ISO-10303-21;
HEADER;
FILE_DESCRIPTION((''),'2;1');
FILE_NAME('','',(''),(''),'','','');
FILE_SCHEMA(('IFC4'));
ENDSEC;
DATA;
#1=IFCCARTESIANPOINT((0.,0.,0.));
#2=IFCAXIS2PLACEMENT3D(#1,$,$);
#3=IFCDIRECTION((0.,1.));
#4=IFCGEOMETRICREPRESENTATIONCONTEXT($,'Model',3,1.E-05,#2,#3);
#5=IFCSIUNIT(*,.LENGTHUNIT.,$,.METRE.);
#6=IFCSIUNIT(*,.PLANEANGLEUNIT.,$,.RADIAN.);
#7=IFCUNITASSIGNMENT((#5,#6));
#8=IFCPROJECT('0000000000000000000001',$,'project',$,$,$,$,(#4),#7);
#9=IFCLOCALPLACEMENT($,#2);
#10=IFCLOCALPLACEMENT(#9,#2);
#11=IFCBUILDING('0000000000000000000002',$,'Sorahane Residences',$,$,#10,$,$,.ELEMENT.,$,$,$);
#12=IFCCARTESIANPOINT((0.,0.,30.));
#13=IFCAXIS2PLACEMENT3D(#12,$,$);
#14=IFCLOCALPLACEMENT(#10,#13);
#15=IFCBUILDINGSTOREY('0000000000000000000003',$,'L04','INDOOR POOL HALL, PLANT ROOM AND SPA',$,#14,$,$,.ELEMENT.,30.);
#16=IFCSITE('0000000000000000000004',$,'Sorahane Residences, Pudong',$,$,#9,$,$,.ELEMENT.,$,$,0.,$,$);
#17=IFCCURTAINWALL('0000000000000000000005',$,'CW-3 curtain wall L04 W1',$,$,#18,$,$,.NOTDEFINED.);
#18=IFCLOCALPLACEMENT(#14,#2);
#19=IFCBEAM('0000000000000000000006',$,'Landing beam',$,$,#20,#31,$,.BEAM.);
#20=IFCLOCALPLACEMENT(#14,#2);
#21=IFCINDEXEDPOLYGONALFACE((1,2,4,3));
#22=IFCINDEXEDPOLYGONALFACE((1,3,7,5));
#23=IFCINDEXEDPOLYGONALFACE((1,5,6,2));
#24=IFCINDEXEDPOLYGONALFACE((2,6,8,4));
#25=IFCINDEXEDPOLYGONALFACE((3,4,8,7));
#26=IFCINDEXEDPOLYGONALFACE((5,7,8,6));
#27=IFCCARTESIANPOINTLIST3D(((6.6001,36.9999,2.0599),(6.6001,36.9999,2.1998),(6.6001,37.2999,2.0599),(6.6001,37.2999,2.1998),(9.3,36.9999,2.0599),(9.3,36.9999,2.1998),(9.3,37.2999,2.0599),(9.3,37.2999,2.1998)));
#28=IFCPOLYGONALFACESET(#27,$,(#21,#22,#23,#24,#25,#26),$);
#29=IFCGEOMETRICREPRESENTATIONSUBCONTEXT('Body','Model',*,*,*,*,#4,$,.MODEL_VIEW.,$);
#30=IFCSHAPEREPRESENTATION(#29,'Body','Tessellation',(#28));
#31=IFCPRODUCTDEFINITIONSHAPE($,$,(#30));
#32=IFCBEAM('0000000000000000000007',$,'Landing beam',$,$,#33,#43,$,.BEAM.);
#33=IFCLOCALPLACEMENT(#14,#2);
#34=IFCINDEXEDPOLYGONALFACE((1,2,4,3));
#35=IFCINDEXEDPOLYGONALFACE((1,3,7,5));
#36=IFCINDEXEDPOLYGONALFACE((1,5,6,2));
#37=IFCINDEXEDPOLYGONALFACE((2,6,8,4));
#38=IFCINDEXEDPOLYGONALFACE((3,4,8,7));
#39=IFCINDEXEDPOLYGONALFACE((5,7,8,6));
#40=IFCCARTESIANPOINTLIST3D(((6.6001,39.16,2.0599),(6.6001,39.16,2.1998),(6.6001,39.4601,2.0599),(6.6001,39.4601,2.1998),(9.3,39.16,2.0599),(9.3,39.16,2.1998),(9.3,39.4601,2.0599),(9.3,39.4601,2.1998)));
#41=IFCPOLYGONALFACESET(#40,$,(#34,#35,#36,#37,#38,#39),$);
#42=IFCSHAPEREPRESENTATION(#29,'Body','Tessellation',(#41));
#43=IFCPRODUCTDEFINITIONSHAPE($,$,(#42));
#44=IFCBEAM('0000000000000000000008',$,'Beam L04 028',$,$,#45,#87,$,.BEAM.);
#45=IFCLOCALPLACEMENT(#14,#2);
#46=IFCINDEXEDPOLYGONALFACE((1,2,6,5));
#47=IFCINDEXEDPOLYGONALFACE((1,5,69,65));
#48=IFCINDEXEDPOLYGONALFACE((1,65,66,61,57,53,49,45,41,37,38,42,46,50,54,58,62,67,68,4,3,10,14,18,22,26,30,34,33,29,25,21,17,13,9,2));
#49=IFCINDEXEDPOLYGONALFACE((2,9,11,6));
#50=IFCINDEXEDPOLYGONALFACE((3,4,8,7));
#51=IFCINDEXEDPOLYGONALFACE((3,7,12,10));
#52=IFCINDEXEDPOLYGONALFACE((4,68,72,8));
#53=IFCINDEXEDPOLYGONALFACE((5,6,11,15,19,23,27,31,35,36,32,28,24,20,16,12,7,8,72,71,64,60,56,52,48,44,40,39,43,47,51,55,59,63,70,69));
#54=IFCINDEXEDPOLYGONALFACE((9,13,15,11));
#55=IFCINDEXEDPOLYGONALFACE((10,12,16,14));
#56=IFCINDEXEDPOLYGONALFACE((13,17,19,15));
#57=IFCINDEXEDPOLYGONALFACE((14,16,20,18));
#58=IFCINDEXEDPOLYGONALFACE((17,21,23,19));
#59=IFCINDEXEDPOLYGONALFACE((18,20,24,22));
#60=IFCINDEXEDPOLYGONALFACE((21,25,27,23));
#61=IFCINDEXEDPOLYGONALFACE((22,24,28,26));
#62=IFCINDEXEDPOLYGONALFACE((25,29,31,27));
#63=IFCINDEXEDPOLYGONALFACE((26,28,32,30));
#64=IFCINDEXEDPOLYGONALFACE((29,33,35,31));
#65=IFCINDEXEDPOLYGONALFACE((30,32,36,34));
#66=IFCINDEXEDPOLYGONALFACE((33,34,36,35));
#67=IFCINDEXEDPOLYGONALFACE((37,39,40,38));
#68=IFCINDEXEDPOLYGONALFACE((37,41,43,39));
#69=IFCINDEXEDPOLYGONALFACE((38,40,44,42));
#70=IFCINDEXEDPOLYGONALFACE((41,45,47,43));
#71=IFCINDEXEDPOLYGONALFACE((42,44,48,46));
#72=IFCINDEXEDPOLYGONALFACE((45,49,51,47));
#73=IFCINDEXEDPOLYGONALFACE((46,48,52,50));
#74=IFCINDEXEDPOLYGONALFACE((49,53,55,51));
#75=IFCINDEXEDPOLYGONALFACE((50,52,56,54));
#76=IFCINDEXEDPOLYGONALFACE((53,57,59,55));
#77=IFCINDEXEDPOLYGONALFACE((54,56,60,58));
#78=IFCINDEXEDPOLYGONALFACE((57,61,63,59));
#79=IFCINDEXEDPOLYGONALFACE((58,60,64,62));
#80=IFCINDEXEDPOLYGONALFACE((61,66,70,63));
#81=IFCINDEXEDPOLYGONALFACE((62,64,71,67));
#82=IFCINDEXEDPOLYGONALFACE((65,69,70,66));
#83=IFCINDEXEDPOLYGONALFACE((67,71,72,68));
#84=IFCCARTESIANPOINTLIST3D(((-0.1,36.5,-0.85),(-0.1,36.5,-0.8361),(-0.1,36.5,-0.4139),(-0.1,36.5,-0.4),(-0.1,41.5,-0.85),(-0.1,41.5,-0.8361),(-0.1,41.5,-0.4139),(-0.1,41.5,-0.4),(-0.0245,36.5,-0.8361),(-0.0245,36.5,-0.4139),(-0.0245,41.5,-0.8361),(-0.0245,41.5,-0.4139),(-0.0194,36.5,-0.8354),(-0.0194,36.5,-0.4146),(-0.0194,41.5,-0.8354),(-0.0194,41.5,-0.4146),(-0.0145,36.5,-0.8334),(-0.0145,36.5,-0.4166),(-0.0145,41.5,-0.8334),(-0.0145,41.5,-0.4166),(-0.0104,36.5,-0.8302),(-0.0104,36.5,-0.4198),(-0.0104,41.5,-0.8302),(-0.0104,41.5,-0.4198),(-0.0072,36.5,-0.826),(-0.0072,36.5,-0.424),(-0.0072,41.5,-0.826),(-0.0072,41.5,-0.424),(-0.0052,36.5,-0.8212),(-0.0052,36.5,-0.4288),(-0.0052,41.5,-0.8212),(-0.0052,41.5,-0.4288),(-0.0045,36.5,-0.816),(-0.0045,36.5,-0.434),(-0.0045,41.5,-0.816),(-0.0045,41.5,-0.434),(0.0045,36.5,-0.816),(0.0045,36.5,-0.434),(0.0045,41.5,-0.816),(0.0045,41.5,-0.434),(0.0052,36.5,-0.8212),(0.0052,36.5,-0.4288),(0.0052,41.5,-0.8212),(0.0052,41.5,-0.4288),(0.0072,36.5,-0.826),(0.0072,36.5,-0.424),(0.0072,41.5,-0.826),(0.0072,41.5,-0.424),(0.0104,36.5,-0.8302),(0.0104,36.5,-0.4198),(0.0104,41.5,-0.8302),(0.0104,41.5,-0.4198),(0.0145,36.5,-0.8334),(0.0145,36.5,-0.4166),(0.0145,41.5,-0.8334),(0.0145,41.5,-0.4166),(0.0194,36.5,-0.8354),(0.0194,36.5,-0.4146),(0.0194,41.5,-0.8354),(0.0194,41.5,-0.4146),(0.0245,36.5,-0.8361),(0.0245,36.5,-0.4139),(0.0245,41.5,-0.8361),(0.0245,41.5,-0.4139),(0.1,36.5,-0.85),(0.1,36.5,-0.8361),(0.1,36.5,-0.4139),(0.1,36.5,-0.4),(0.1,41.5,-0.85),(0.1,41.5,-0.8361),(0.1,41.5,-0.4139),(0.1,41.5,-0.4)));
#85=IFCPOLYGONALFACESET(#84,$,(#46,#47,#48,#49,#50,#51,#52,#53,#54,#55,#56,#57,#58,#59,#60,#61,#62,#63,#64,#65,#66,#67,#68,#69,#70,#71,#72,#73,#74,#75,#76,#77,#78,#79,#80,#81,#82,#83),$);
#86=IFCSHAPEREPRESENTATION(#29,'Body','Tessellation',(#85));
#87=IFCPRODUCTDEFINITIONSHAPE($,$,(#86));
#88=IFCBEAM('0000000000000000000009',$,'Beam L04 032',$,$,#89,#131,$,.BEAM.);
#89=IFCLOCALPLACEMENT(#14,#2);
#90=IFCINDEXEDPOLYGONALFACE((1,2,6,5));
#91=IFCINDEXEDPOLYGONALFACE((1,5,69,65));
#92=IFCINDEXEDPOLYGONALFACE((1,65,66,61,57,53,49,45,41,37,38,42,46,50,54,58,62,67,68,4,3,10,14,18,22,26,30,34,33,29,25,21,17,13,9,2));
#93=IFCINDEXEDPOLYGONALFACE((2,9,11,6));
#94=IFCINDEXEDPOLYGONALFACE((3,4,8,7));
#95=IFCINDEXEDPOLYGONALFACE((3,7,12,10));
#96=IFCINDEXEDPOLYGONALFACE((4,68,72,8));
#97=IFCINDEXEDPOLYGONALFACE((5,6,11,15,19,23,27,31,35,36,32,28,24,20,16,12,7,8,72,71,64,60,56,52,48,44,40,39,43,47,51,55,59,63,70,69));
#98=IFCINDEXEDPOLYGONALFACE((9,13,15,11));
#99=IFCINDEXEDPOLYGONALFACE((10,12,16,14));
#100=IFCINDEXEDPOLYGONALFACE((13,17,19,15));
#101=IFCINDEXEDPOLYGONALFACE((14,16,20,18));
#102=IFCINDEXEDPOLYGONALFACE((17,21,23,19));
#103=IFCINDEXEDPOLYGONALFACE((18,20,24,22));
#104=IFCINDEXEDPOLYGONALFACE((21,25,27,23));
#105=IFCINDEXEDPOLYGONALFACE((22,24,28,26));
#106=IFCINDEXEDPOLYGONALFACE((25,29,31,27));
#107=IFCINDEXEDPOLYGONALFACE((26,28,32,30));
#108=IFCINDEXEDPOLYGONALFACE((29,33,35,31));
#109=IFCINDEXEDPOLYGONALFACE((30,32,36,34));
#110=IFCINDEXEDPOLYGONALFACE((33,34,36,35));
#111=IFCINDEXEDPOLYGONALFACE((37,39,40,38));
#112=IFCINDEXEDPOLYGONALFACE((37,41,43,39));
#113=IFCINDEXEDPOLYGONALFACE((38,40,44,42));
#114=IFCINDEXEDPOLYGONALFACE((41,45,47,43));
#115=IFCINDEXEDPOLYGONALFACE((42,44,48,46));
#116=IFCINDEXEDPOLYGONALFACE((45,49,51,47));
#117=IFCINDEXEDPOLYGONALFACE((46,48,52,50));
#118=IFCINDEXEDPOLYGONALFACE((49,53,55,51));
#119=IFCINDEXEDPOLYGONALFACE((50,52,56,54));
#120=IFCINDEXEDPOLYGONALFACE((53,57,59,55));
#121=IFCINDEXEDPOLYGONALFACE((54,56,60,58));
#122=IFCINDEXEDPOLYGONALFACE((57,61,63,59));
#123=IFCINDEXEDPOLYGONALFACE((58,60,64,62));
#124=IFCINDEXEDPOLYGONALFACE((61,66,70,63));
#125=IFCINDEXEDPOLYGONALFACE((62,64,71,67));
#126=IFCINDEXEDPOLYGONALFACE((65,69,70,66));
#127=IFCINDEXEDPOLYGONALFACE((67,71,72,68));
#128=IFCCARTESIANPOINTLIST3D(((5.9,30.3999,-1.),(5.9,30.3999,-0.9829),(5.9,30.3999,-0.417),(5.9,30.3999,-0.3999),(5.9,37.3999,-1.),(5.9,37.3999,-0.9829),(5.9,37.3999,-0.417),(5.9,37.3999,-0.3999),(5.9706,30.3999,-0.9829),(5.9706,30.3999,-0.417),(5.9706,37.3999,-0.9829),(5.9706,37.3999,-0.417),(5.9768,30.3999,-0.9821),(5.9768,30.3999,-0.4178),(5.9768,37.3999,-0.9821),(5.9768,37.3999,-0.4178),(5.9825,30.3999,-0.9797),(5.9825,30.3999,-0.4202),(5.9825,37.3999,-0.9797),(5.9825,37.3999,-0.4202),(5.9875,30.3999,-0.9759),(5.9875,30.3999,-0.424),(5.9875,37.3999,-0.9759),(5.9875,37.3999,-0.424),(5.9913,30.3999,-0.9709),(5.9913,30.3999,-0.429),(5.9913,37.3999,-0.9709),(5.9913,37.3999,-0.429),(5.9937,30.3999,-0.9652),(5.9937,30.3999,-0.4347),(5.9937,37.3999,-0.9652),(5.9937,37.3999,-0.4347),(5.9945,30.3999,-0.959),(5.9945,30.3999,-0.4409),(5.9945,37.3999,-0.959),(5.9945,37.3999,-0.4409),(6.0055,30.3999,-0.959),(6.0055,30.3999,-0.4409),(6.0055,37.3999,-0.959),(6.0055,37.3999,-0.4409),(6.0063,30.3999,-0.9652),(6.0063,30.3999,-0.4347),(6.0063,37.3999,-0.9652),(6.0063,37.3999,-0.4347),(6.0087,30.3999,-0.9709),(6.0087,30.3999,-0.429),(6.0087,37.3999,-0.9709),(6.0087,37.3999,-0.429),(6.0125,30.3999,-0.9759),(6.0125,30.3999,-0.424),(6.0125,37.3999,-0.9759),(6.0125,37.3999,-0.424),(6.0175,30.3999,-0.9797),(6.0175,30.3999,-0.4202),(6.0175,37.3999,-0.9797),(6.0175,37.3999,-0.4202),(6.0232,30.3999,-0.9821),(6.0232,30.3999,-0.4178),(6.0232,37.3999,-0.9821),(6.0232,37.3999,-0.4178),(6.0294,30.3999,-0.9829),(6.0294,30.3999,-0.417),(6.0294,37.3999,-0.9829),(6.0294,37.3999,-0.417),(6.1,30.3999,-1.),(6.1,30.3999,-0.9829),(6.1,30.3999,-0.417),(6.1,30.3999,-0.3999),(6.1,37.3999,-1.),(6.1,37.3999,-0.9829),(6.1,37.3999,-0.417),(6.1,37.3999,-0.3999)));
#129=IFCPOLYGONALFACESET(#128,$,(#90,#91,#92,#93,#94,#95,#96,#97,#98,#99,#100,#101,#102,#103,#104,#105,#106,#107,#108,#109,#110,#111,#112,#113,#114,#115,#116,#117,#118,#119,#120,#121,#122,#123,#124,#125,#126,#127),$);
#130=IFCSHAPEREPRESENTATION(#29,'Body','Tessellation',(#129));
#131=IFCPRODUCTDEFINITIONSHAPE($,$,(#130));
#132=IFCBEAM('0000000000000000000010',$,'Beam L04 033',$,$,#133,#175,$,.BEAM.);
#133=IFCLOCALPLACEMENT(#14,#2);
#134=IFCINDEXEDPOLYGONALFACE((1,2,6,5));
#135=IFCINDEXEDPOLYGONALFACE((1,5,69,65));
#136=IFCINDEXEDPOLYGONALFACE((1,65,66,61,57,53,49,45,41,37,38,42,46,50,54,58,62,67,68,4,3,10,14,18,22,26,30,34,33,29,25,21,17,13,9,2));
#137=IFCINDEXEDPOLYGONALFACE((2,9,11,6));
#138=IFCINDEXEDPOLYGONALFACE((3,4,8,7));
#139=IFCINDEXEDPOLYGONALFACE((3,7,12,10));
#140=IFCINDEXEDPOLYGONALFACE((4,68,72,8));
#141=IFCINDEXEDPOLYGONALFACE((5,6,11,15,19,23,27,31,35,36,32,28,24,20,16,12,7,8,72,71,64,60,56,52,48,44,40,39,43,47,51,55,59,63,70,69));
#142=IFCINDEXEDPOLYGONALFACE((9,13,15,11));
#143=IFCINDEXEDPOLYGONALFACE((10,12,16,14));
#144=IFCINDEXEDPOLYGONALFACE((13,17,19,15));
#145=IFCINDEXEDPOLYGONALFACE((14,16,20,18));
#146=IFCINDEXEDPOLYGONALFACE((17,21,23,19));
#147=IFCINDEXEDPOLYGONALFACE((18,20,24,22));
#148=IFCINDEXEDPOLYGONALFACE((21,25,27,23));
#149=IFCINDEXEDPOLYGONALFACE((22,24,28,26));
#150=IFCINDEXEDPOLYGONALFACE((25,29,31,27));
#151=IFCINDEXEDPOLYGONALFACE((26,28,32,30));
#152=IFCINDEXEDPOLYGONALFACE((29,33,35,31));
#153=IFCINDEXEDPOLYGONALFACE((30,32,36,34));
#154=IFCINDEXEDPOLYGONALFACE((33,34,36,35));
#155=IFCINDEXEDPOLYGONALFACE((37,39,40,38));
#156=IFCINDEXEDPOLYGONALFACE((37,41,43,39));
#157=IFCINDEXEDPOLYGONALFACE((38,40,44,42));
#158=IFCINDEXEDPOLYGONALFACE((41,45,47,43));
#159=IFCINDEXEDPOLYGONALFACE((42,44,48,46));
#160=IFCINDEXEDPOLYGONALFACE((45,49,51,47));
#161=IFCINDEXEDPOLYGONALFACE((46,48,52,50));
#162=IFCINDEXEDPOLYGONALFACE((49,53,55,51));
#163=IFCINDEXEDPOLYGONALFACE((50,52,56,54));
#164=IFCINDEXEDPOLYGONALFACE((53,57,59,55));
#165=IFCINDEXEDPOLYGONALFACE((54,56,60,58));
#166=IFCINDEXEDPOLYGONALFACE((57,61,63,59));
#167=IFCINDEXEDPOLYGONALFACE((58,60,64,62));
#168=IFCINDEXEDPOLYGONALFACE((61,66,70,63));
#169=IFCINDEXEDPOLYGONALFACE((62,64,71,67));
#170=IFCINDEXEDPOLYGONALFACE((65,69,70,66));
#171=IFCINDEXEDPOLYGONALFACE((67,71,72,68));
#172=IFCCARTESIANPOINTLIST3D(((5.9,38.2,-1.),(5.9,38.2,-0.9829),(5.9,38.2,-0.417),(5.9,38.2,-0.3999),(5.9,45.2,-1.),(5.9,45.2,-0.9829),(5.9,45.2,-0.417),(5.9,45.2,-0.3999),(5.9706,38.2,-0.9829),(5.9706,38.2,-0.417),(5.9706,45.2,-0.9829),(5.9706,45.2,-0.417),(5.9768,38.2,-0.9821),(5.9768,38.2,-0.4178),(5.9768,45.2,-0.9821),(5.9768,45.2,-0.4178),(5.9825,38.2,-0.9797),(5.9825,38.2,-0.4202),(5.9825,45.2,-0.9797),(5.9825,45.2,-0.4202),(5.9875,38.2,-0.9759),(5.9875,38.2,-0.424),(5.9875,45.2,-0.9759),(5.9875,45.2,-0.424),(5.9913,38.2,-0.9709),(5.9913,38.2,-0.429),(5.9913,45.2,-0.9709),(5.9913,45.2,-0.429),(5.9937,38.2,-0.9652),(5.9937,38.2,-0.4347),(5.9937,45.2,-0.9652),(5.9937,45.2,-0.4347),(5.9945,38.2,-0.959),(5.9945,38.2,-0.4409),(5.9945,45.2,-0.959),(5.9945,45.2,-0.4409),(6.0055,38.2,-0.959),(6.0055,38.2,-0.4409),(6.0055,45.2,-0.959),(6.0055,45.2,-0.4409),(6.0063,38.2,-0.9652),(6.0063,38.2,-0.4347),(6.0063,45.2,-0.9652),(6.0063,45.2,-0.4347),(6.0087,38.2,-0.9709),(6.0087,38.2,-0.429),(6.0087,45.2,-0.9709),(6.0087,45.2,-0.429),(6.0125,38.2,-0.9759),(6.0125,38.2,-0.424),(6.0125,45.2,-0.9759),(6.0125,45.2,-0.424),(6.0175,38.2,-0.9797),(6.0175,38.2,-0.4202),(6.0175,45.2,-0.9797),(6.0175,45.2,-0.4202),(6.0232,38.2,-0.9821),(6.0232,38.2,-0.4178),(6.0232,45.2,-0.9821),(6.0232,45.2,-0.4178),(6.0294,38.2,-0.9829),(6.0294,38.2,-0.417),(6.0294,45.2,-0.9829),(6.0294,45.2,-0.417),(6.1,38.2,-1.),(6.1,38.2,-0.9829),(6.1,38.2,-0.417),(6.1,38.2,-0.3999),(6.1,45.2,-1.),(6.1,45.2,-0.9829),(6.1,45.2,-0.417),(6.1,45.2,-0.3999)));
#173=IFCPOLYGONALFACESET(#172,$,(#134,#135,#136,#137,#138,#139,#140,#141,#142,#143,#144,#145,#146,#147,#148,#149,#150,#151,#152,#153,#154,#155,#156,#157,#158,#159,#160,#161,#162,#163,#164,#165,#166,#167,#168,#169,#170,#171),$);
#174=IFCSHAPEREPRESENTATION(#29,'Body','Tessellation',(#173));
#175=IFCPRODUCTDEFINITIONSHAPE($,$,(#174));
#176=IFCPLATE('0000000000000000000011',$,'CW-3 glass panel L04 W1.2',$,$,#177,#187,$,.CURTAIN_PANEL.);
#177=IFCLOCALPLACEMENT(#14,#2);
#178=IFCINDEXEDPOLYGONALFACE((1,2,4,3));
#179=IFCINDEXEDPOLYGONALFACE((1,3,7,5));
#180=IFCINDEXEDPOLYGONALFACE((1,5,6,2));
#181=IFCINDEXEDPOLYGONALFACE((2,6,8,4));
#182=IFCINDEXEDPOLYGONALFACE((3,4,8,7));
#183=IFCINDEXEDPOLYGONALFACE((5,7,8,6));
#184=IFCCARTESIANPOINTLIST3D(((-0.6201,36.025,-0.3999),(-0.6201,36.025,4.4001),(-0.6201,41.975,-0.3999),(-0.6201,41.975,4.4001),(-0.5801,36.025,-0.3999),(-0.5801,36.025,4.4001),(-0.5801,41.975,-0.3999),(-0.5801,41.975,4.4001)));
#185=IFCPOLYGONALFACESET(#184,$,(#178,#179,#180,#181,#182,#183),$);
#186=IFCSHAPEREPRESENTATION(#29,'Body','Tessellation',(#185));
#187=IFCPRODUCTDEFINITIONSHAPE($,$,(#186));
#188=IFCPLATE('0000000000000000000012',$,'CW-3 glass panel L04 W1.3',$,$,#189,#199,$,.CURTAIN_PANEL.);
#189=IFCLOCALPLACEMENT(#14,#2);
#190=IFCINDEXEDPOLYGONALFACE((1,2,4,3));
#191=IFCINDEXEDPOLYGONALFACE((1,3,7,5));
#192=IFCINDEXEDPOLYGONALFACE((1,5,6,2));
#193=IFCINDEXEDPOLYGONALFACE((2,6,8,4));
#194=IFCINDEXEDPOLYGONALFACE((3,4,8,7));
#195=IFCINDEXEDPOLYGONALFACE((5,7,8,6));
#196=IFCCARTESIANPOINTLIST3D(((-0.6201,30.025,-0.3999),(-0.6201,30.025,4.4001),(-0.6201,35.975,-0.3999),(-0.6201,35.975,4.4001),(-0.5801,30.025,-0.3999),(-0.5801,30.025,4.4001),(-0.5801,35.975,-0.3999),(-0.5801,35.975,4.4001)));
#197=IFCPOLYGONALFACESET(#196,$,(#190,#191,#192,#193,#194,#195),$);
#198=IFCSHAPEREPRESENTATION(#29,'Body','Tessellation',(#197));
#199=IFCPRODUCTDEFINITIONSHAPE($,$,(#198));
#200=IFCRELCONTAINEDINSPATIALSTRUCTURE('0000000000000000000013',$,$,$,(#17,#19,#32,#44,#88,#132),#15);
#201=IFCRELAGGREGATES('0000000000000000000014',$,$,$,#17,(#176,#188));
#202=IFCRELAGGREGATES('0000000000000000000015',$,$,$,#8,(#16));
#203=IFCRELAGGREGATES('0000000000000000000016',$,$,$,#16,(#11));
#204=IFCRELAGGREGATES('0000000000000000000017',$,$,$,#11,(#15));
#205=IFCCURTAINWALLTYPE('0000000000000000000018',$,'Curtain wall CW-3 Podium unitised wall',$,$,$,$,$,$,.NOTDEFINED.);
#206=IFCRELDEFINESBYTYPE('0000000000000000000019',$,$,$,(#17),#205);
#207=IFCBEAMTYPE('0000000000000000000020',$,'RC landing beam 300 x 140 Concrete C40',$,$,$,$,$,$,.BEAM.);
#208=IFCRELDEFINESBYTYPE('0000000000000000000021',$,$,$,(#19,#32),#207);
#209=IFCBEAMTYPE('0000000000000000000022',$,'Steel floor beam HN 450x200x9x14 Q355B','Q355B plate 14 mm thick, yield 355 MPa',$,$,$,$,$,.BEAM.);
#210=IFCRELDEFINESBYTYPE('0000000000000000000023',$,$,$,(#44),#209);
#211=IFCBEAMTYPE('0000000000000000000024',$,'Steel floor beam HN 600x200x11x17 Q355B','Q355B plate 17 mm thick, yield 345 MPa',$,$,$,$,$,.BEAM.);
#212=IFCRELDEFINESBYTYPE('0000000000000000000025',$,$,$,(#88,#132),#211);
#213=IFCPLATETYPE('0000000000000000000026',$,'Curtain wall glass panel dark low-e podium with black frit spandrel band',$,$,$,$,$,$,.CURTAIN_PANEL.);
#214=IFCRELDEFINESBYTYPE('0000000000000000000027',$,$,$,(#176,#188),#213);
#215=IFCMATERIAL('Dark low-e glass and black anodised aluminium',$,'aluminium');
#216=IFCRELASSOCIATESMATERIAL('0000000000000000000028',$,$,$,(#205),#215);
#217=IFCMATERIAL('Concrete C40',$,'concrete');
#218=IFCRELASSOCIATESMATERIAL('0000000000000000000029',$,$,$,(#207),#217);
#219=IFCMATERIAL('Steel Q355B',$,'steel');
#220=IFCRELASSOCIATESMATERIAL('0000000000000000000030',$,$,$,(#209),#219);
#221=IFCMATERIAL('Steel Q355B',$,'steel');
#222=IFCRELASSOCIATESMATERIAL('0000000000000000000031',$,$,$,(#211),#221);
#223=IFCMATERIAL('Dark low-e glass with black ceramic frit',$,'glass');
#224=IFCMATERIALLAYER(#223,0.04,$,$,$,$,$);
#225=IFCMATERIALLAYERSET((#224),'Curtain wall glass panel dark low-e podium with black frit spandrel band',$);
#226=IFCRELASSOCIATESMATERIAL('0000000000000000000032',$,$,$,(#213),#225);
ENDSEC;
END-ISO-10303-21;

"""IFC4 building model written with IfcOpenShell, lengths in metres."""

from ifc_helpers import new_model, si_unit, direction, frame, origin, origin_2d, place, context, subcontext, project, spatial, rectangle, i_section, extrude, material, layer, layer_set, material_profile, profile_set, type_object, element, aggregate, save


model = new_model("IFC4")

# Units and contexts
model_context = context("Model", 3, precision=1e-05, world=origin(), true_north=direction((0.0, 1.0)))
body_context = subcontext(model_context, "Body", "Model", "MODEL_VIEW")
ifc_project = project(units=[si_unit("LENGTHUNIT", "METRE"), si_unit("PLANEANGLEUNIT", "RADIAN")], contexts=[model_context])

# Site, building, storey
site_placement = place(None, origin())
site = spatial("IfcSite", under=ifc_project, at=site_placement, Name="Sorahane Residences, Pudong", CompositionType="ELEMENT", RefElevation=0.0)
building_placement = place(site_placement, origin())
building = spatial("IfcBuilding", under=site, at=building_placement, Name="Sorahane Residences", CompositionType="ELEMENT")
storey_placement = place(building_placement, frame((0.0, 0.0, 30.0)))
storey = spatial("IfcBuildingStorey", under=building, at=storey_placement, Name="L04", Description="INDOOR POOL HALL, PLANT ROOM AND SPA", CompositionType="ELEMENT", Elevation=30.0)

# Curtain wall
ifc_material_1 = material(Name="Dark low-e glass and black anodised aluminium", Category="aluminium")
curtain_wall_type = type_object("IfcCurtainWallType", Name="Curtain wall CW-3 Podium unitised wall", PredefinedType="NOTDEFINED", material=ifc_material_1)
curtain_wall_placement = place(storey_placement, origin())
curtain_wall = element("IfcCurtainWall", 1, at=curtain_wall_placement, inside=storey, type_object=curtain_wall_type, Name="CW-3 curtain wall L04 W1", PredefinedType="NOTDEFINED")

# Beams
ifc_material_2 = material(Name="Concrete C40", Category="concrete")
ifc_material_profile_1 = material_profile(ifc_material_2, rectangle(XDim=0.3, YDim=0.1399, at=origin_2d()), Name="300x140")
ifc_profile_set_1 = profile_set([ifc_material_profile_1], Name="Concrete C40")
beam_type_1 = type_object("IfcBeamType", Name="RC landing beam 300 x 140 Concrete C40", PredefinedType="BEAM", material=ifc_profile_set_1)
for number, where, z_axis, x_axis, name in (
    (2, (6.6001, 37.1499, 2.1299), (1.0, 0.0, 0.0), (0.0, 1.0, 0.0), "Landing beam"),
    (3, (6.6001, 39.3101, 2.1299), (1.0, 0.0, 0.0), (0.0, 1.0, 0.0), "Landing beam"),
):
    element("IfcBeam", number, at=place(storey_placement, frame(where, z_axis=z_axis, x_axis=x_axis)), inside=storey, type_object=beam_type_1, Name=name, PredefinedType="BEAM", context=body_context, shape_type="SweptSolid", body=[
        extrude(rectangle(XDim=0.3, YDim=0.1399, at=origin_2d()), origin(), (0.0, 0.0, 1.0), 2.7),
    ])
ifc_material_3 = material(Name="Steel Q355B", Category="steel")
ifc_material_profile_2 = material_profile(ifc_material_3, i_section(OverallWidth=0.2, OverallDepth=0.45, WebThickness=0.009, FlangeThickness=0.0139, FilletRadius=0.02, at=origin_2d()), Name="HN 450x200x9x14")
ifc_profile_set_2 = profile_set([ifc_material_profile_2], Name="Steel Q355B")
beam_type_2 = type_object("IfcBeamType", Name="Steel floor beam HN 450x200x9x14 Q355B", Description="Q355B plate 14 mm thick, yield 355 MPa", PredefinedType="BEAM", material=ifc_profile_set_2)
beam_placement = place(storey_placement, frame((0.0, 36.5, -0.625), z_axis=(0.0, 1.0, 0.0), x_axis=(-1.0, 0.0, 0.0)))
element("IfcBeam", 4, at=beam_placement, inside=storey, type_object=beam_type_2, Name="Beam L04 028", PredefinedType="BEAM", context=body_context, shape_type="SweptSolid", body=[
    extrude(i_section(OverallWidth=0.2, OverallDepth=0.45, WebThickness=0.009, FlangeThickness=0.0139, FilletRadius=0.02, at=origin_2d()), origin(), (0.0, 0.0, 1.0), 5.0),
])
ifc_material_4 = material(Name="Steel Q355B", Category="steel")
ifc_material_profile_3 = material_profile(ifc_material_4, i_section(OverallWidth=0.2, OverallDepth=0.6001, WebThickness=0.011, FlangeThickness=0.0171, FilletRadius=0.0239, at=origin_2d()), Name="HN 600x200x11x17")
ifc_profile_set_3 = profile_set([ifc_material_profile_3], Name="Steel Q355B")
beam_type_3 = type_object("IfcBeamType", Name="Steel floor beam HN 600x200x11x17 Q355B", Description="Q355B plate 17 mm thick, yield 345 MPa", PredefinedType="BEAM", material=ifc_profile_set_3)
for number, where, z_axis, x_axis, name in (
    (5, (6.0, 30.3999, -0.7), (0.0, 1.0, 0.0), (-1.0, 0.0, 0.0), "Beam L04 032"),
    (6, (6.0, 38.2, -0.7), (0.0, 1.0, 0.0), (-1.0, 0.0, 0.0), "Beam L04 033"),
):
    element("IfcBeam", number, at=place(storey_placement, frame(where, z_axis=z_axis, x_axis=x_axis)), inside=storey, type_object=beam_type_3, Name=name, PredefinedType="BEAM", context=body_context, shape_type="SweptSolid", body=[
        extrude(i_section(OverallWidth=0.2, OverallDepth=0.6001, WebThickness=0.011, FlangeThickness=0.0171, FilletRadius=0.0239, at=origin_2d()), origin(), (0.0, 0.0, 1.0), 7.0),
    ])

# Plates
ifc_material_5 = material(Name="Dark low-e glass with black ceramic frit", Category="glass")
ifc_layer_1 = layer(ifc_material_5, 0.04)
ifc_layer_set_1 = layer_set([ifc_layer_1], Name="Curtain wall glass panel dark low-e podium with black frit spandrel band")
plate_type = type_object("IfcPlateType", Name="Curtain wall glass panel dark low-e podium with black frit spandrel band", PredefinedType="CURTAIN_PANEL", material=ifc_layer_set_1)
plate_1_placement = place(storey_placement, frame((-0.6001, 39.0, -0.3999), z_axis=(0.0, 0.0, 1.0), x_axis=(0.0, -1.0, 0.0)))
plate_1 = element("IfcPlate", 7, at=plate_1_placement, type_object=plate_type, Name="CW-3 glass panel L04 W1.2", PredefinedType="CURTAIN_PANEL", context=body_context, shape_type="SweptSolid", body=[
    extrude(rectangle(XDim=5.95, YDim=0.04, at=origin_2d()), origin(), (0.0, 0.0, 1.0), 4.8),
])
plate_2_placement = place(storey_placement, frame((-0.6001, 33.0, -0.3999), z_axis=(0.0, 0.0, 1.0), x_axis=(0.0, -1.0, 0.0)))
plate_2 = element("IfcPlate", 8, at=plate_2_placement, type_object=plate_type, Name="CW-3 glass panel L04 W1.3", PredefinedType="CURTAIN_PANEL", context=body_context, shape_type="SweptSolid", body=[
    extrude(rectangle(XDim=5.95, YDim=0.04, at=origin_2d()), origin(), (0.0, 0.0, 1.0), 4.8),
])
aggregate(curtain_wall, [plate_1, plate_2])

save(model, "model.ifc")
